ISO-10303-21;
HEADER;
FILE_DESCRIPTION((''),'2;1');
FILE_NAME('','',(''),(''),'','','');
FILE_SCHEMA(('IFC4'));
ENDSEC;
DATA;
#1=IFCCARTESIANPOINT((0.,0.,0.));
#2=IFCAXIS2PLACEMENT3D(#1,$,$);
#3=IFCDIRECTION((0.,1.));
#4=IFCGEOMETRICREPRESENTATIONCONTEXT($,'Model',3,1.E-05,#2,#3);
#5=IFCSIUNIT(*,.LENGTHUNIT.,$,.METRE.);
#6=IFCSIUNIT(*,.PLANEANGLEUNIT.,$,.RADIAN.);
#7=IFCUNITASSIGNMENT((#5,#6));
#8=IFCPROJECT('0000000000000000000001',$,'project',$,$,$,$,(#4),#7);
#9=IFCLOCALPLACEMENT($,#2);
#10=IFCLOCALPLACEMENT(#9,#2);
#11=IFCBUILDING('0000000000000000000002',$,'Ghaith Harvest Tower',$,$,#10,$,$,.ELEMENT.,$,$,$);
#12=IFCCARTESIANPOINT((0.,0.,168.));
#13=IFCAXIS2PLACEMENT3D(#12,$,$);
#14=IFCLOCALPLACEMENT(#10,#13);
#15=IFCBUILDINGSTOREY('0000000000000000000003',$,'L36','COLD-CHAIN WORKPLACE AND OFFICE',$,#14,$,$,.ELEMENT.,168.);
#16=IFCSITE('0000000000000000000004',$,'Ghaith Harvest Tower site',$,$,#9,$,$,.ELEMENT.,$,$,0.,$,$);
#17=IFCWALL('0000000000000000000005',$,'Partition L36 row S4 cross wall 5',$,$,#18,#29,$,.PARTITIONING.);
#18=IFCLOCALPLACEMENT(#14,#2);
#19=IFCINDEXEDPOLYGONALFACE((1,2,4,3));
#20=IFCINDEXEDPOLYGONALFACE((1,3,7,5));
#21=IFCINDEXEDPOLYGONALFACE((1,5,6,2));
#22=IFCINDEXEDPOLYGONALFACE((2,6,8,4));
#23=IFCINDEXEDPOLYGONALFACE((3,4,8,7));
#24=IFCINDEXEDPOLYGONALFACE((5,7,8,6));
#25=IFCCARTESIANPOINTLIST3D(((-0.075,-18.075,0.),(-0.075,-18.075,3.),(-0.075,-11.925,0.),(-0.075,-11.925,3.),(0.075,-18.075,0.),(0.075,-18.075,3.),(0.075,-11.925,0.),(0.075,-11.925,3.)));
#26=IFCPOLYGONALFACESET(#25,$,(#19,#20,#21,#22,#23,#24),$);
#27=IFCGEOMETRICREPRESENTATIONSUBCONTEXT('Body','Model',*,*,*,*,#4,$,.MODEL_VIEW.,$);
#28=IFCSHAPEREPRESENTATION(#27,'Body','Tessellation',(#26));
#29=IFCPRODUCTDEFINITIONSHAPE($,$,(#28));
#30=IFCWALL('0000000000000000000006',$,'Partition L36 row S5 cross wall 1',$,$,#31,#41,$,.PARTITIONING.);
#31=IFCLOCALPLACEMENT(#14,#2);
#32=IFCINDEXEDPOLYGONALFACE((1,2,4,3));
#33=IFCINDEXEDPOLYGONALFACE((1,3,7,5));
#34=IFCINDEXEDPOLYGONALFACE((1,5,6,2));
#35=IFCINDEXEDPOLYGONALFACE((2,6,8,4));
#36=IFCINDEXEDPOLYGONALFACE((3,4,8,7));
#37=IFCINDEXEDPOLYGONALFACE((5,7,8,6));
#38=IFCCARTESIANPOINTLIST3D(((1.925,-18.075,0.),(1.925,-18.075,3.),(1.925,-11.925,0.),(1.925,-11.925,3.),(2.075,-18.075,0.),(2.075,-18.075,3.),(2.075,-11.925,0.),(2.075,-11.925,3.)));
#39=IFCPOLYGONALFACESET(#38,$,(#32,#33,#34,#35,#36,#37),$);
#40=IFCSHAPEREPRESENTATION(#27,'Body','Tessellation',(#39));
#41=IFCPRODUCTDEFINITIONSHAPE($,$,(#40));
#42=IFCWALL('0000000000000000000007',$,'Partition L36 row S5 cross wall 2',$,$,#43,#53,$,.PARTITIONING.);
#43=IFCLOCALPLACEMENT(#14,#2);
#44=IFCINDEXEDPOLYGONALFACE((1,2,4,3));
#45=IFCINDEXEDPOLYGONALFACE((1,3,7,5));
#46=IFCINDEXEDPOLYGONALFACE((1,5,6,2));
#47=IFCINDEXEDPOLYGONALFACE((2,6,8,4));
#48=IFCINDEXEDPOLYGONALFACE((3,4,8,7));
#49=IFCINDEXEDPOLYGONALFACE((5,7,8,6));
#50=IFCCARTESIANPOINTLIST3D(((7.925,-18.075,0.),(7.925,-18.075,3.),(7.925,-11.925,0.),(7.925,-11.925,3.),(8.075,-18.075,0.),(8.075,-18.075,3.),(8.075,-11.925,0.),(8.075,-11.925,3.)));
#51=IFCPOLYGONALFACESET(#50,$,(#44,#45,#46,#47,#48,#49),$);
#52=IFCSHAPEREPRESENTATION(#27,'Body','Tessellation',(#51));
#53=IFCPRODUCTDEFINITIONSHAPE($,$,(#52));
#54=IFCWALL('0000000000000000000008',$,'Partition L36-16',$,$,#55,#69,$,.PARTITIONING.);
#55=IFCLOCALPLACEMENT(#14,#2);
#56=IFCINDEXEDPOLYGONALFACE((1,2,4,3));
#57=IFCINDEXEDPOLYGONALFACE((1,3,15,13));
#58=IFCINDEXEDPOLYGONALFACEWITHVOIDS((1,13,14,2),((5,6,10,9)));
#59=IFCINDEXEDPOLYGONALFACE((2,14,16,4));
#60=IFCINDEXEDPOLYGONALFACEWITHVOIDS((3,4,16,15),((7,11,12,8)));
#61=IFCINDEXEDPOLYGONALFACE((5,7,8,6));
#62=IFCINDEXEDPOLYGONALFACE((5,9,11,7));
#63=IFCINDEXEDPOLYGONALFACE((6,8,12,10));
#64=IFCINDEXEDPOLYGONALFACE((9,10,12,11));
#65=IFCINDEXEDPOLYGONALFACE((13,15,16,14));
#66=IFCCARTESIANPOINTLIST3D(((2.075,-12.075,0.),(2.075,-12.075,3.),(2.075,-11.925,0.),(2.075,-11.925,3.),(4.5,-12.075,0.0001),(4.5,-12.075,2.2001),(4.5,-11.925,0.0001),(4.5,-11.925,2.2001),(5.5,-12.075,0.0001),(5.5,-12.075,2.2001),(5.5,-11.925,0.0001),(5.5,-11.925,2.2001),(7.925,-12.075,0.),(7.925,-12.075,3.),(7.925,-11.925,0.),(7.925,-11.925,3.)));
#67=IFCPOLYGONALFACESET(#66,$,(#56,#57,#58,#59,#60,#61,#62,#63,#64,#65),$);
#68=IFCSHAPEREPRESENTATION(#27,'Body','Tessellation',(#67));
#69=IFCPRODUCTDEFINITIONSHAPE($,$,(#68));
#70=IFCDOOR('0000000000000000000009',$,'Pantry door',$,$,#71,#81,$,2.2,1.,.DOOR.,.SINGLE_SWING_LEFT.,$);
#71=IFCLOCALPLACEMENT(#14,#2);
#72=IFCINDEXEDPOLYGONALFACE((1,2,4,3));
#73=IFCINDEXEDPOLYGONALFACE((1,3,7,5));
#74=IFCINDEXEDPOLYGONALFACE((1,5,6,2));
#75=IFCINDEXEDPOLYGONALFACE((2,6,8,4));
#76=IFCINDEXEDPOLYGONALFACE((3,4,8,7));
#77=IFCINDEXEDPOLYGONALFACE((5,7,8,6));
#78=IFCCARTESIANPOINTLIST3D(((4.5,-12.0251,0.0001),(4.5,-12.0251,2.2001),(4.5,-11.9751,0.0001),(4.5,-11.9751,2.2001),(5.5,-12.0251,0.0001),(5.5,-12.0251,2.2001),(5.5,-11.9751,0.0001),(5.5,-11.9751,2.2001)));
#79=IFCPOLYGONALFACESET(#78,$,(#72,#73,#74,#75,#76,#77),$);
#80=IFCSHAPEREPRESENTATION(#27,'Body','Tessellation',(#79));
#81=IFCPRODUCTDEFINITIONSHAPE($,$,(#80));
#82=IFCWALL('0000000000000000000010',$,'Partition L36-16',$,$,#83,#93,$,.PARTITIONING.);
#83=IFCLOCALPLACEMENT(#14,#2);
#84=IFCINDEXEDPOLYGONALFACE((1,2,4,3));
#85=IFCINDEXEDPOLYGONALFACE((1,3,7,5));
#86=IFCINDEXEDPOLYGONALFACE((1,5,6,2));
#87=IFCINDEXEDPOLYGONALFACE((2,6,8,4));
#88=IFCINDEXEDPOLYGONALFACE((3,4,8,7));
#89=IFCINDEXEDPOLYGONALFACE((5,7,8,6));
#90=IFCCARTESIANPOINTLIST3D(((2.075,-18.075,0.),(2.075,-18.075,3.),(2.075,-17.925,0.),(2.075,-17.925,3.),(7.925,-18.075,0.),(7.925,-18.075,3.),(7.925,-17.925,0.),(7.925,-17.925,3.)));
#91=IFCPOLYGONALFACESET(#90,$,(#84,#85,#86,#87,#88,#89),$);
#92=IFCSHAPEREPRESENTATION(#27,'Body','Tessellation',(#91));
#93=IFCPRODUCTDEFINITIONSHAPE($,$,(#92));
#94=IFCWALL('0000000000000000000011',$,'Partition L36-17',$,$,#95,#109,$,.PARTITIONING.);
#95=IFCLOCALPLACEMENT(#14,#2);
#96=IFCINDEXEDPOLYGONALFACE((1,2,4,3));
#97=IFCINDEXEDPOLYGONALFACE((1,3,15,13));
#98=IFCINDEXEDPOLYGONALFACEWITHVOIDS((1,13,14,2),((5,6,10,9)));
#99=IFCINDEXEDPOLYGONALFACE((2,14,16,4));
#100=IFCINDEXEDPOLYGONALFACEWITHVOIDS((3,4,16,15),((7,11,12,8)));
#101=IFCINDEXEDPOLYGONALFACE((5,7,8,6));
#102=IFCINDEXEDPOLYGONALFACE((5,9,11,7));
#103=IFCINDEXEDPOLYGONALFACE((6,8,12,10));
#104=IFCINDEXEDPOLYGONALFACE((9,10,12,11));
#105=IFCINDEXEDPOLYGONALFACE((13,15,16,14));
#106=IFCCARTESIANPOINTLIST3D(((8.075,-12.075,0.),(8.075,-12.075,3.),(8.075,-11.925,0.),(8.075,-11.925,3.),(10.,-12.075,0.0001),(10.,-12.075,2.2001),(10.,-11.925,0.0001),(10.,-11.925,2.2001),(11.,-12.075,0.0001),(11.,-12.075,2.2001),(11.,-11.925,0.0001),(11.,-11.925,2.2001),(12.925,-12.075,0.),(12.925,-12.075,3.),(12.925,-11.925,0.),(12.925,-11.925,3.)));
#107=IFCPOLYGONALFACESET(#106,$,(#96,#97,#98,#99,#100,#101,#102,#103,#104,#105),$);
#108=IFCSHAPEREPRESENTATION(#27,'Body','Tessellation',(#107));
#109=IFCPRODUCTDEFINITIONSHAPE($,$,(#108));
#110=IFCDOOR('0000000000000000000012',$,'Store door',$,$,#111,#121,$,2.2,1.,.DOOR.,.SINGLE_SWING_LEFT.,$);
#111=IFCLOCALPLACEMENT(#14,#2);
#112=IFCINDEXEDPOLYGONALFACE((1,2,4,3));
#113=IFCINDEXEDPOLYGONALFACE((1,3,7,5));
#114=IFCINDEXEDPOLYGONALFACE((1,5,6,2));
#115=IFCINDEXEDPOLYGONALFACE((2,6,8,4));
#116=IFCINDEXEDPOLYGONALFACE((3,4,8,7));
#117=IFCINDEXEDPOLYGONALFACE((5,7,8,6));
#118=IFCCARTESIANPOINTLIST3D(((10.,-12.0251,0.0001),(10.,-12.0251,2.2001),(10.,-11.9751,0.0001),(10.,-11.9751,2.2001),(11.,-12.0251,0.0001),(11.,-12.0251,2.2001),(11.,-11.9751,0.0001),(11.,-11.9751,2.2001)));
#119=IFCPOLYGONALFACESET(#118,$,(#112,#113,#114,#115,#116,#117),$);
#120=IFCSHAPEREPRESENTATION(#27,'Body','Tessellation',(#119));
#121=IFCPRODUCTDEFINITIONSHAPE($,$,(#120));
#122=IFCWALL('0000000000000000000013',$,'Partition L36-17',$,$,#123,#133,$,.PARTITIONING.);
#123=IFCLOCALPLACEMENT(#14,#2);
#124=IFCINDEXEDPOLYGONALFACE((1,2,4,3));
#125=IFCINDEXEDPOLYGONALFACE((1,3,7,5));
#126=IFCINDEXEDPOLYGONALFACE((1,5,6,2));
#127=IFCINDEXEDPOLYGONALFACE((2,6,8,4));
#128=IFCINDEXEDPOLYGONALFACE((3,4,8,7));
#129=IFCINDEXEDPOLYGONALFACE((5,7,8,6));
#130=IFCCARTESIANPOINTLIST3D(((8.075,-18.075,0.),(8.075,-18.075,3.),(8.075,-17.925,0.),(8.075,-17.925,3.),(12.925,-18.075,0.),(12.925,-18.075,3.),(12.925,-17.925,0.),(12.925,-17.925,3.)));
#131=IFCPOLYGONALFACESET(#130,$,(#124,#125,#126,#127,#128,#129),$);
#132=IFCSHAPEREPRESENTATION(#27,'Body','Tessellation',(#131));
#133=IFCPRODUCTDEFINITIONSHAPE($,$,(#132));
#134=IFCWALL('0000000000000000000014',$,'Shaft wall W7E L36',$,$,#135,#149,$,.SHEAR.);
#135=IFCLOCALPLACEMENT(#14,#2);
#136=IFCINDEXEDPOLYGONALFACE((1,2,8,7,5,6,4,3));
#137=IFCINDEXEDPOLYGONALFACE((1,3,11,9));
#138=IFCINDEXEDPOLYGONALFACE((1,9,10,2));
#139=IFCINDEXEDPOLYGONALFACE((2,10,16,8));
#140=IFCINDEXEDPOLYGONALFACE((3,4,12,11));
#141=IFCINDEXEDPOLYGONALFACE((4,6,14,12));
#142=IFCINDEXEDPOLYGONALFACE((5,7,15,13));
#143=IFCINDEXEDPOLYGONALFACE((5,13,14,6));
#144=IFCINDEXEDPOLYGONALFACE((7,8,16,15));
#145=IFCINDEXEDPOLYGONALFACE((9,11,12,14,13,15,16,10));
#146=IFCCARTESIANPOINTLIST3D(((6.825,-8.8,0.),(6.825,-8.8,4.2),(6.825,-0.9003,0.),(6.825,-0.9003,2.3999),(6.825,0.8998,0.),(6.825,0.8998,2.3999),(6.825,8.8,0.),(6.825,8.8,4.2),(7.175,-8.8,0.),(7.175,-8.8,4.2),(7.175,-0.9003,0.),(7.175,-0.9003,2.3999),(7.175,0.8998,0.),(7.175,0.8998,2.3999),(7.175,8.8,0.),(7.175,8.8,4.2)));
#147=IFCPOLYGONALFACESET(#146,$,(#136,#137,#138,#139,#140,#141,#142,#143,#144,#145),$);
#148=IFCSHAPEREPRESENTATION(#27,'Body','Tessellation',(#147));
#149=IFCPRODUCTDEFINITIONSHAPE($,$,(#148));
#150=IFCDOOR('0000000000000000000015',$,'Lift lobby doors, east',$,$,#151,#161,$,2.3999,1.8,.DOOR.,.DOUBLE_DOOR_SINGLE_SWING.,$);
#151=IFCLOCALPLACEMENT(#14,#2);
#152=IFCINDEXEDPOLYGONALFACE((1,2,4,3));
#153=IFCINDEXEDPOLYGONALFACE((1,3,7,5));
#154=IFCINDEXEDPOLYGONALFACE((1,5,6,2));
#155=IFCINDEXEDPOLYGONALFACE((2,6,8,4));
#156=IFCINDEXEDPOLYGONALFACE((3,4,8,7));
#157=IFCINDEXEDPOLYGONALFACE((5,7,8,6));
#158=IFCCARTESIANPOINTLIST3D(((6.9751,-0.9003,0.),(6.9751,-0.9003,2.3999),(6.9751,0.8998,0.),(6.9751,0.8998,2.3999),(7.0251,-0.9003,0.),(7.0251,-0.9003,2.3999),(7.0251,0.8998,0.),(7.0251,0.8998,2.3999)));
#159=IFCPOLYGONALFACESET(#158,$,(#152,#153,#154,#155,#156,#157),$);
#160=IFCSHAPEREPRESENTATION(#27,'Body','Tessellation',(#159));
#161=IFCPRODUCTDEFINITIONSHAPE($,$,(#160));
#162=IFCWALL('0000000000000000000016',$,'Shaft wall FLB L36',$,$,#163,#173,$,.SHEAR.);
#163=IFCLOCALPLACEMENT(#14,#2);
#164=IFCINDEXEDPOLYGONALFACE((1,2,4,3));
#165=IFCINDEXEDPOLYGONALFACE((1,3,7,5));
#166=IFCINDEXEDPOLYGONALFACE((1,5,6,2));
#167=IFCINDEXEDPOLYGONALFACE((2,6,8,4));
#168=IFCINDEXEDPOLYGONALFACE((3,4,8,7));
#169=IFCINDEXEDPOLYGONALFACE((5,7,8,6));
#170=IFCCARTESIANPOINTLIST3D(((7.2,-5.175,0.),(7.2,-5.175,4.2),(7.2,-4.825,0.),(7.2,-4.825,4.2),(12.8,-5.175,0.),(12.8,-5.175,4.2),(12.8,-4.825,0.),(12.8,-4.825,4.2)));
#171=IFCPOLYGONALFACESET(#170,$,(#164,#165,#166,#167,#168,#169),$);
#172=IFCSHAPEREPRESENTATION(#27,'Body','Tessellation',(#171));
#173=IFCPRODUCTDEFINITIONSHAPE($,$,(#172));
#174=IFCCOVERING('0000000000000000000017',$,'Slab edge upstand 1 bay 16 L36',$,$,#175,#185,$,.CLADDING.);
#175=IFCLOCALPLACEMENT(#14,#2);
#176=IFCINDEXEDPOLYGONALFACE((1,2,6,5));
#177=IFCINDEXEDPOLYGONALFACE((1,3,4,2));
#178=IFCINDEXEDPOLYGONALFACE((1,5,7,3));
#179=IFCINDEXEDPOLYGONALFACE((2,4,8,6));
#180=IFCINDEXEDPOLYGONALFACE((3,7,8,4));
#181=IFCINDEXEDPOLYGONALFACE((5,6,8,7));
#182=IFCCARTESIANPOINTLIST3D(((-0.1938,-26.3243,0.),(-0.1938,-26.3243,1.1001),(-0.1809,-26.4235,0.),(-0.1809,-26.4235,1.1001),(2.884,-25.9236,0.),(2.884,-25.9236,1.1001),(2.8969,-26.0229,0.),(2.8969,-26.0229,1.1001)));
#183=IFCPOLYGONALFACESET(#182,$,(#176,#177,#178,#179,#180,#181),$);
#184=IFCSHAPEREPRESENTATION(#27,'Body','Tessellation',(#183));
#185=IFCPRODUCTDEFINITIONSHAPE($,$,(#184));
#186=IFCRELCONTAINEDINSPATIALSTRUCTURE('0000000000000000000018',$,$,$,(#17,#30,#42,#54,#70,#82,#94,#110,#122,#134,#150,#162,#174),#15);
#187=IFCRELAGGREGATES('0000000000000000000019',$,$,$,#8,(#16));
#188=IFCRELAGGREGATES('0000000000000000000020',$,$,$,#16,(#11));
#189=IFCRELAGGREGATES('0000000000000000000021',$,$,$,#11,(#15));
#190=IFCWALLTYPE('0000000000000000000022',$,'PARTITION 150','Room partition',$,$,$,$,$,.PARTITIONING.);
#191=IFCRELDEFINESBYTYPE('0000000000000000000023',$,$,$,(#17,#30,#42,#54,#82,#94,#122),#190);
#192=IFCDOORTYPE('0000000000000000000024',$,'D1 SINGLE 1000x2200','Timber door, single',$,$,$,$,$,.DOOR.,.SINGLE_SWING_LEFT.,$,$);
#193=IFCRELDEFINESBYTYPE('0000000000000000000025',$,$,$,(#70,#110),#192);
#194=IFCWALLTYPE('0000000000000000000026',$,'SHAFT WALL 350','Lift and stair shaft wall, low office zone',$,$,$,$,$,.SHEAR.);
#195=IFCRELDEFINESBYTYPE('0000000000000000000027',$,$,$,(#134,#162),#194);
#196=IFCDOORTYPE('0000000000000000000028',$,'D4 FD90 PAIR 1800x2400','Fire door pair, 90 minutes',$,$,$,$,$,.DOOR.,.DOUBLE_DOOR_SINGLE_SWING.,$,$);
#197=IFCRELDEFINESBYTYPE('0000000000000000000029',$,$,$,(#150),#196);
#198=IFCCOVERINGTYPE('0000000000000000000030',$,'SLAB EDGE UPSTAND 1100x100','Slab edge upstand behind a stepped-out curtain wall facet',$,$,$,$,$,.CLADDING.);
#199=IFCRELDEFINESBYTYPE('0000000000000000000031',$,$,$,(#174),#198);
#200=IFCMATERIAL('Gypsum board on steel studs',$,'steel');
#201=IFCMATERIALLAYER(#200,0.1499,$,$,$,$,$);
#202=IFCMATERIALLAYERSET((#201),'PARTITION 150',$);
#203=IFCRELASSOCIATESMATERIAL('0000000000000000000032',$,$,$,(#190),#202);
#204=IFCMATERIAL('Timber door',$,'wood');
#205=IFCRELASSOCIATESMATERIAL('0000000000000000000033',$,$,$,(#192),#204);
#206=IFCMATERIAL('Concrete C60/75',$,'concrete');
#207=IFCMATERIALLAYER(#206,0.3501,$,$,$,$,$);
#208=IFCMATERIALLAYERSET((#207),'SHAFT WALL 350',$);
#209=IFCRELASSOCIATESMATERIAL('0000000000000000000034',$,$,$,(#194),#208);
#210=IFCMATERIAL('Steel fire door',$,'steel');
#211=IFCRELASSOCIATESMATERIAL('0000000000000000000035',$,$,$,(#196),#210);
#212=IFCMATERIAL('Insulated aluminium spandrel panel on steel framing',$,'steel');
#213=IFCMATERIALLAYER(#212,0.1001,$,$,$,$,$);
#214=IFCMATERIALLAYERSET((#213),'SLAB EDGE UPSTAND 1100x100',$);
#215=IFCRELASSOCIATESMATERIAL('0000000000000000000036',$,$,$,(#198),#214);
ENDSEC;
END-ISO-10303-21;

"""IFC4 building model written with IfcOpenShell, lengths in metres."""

from ifc_helpers import new_model, si_unit, direction, frame, frame_2d, origin, origin_2d, place, context, subcontext, project, spatial, rectangle, extrude, material, layer, layer_set, type_object, element, fill, save


model = new_model("IFC4")

# Units and contexts
model_context = context("Model", 3, precision=1e-05, world=origin(), true_north=direction((0.0, 1.0)))
body_context = subcontext(model_context, "Body", "Model", "MODEL_VIEW")
ifc_project = project(units=[si_unit("LENGTHUNIT", "METRE"), si_unit("PLANEANGLEUNIT", "RADIAN")], contexts=[model_context])

# Site, building, storey
site_placement = place(None, origin())
site = spatial("IfcSite", under=ifc_project, at=site_placement, Name="Ghaith Harvest Tower site", CompositionType="ELEMENT", RefElevation=0.0)
building_placement = place(site_placement, origin())
building = spatial("IfcBuilding", under=site, at=building_placement, Name="Ghaith Harvest Tower", CompositionType="ELEMENT")
storey_placement = place(building_placement, frame((0.0, 0.0, 168.0)))
storey = spatial("IfcBuildingStorey", under=building, at=storey_placement, Name="L36", Description="COLD-CHAIN WORKPLACE AND OFFICE", CompositionType="ELEMENT", Elevation=168.0)

# Walls
ifc_material_1 = material(Name="Gypsum board on steel studs", Category="steel")
ifc_layer_1 = layer(ifc_material_1, 0.1499)
ifc_layer_set_1 = layer_set([ifc_layer_1], Name="PARTITION 150")
wall_type_1 = type_object("IfcWallType", Name="PARTITION 150", Description="Room partition", PredefinedType="PARTITIONING", material=ifc_layer_set_1)
for number, where, z_axis, x_axis, name in (
    (1, (0.0, -11.925, 0.0), (0.0, 0.0, 1.0), (0.0, -1.0, 0.0), "Partition L36 row S4 cross wall 5"),
    (2, (2.0, -11.925, 0.0), (0.0, 0.0, 1.0), (0.0, -1.0, 0.0), "Partition L36 row S5 cross wall 1"),
    (3, (8.0, -11.925, 0.0), (0.0, 0.0, 1.0), (0.0, -1.0, 0.0), "Partition L36 row S5 cross wall 2"),
):
    element("IfcWall", number, at=place(storey_placement, frame(where, z_axis=z_axis, x_axis=x_axis)), inside=storey, type_object=wall_type_1, Name=name, PredefinedType="PARTITIONING", context=body_context, shape_type="SweptSolid", body=[
        extrude(rectangle(XDim=6.1499, YDim=0.1499, at=frame_2d((3.075, 0.0))), origin(), (0.0, 0.0, 1.0), 3.0),
    ])

# Wall, opening, door
wall_1_placement = place(storey_placement, frame((2.075, -12.0, 0.0), z_axis=(0.0, 0.0, 1.0), x_axis=(1.0, 0.0, 0.0)))
wall_1 = element("IfcWall", 4, at=wall_1_placement, inside=storey, type_object=wall_type_1, Name="Partition L36-16", PredefinedType="PARTITIONING", context=body_context, shape_type="SweptSolid", body=[
    extrude(rectangle(XDim=5.8501, YDim=0.1499, at=frame_2d((2.925, 0.0))), origin(), (0.0, 0.0, 1.0), 3.0),
])
opening_1_placement = place(wall_1_placement, frame((2.425, 0.0, 0.0)))
opening_1 = element("IfcOpeningElement", 5, at=opening_1_placement, cuts=wall_1, PredefinedType="OPENING", context=body_context, shape_type="SweptSolid", body=[
    extrude(rectangle(XDim=1.0, YDim=2.2, at=frame_2d((0.5, 1.1001))), frame((0.0, 0.085, 0.0), z_axis=(0.0, -1.0, 0.0), x_axis=(1.0, 0.0, 0.0)), (0.0, 0.0, 1.0), 0.1699),
])
ifc_material_2 = material(Name="Timber door", Category="wood")
door_type_1 = type_object("IfcDoorType", Name="D1 SINGLE 1000x2200", Description="Timber door, single", OperationType="SINGLE_SWING_LEFT", PredefinedType="DOOR", material=ifc_material_2)
door_1_placement = place(opening_1_placement, origin())
door_1 = element("IfcDoor", 6, at=door_1_placement, inside=storey, type_object=door_type_1, Name="Pantry door", OperationType="SINGLE_SWING_LEFT", OverallHeight=2.2, OverallWidth=1.0, PredefinedType="DOOR", context=body_context, shape_type="SweptSolid", body=[
    extrude(rectangle(XDim=1.0, YDim=2.2, at=frame_2d((0.5, 1.1001))), frame((0.0, 0.0249, 0.0), z_axis=(0.0, -1.0, 0.0), x_axis=(1.0, 0.0, 0.0)), (0.0, 0.0, 1.0), 0.05),
])
fill(opening_1, door_1)

# Wall
wall_2_placement = place(storey_placement, frame((2.075, -18.0, 0.0), z_axis=(0.0, 0.0, 1.0), x_axis=(1.0, 0.0, 0.0)))
element("IfcWall", 7, at=wall_2_placement, inside=storey, type_object=wall_type_1, Name="Partition L36-16", PredefinedType="PARTITIONING", context=body_context, shape_type="SweptSolid", body=[
    extrude(rectangle(XDim=5.8501, YDim=0.1499, at=frame_2d((2.925, 0.0))), origin(), (0.0, 0.0, 1.0), 3.0),
])

# Wall, opening, door
wall_3_placement = place(storey_placement, frame((8.075, -12.0, 0.0), z_axis=(0.0, 0.0, 1.0), x_axis=(1.0, 0.0, 0.0)))
wall_3 = element("IfcWall", 8, at=wall_3_placement, inside=storey, type_object=wall_type_1, Name="Partition L36-17", PredefinedType="PARTITIONING", context=body_context, shape_type="SweptSolid", body=[
    extrude(rectangle(XDim=4.8501, YDim=0.1499, at=frame_2d((2.425, 0.0))), origin(), (0.0, 0.0, 1.0), 3.0),
])
opening_2_placement = place(wall_3_placement, frame((1.925, 0.0, 0.0)))
opening_2 = element("IfcOpeningElement", 9, at=opening_2_placement, cuts=wall_3, PredefinedType="OPENING", context=body_context, shape_type="SweptSolid", body=[
    extrude(rectangle(XDim=1.0, YDim=2.2, at=frame_2d((0.5, 1.1001))), frame((0.0, 0.085, 0.0), z_axis=(0.0, -1.0, 0.0), x_axis=(1.0, 0.0, 0.0)), (0.0, 0.0, 1.0), 0.1699),
])
door_2_placement = place(opening_2_placement, origin())
door_2 = element("IfcDoor", 10, at=door_2_placement, inside=storey, type_object=door_type_1, Name="Store door", OperationType="SINGLE_SWING_LEFT", OverallHeight=2.2, OverallWidth=1.0, PredefinedType="DOOR", context=body_context, shape_type="SweptSolid", body=[
    extrude(rectangle(XDim=1.0, YDim=2.2, at=frame_2d((0.5, 1.1001))), frame((0.0, 0.0249, 0.0), z_axis=(0.0, -1.0, 0.0), x_axis=(1.0, 0.0, 0.0)), (0.0, 0.0, 1.0), 0.05),
])
fill(opening_2, door_2)

# Wall
wall_4_placement = place(storey_placement, frame((8.075, -18.0, 0.0), z_axis=(0.0, 0.0, 1.0), x_axis=(1.0, 0.0, 0.0)))
element("IfcWall", 11, at=wall_4_placement, inside=storey, type_object=wall_type_1, Name="Partition L36-17", PredefinedType="PARTITIONING", context=body_context, shape_type="SweptSolid", body=[
    extrude(rectangle(XDim=4.8501, YDim=0.1499, at=frame_2d((2.425, 0.0))), origin(), (0.0, 0.0, 1.0), 3.0),
])

# Wall, opening, door
ifc_material_3 = material(Name="Concrete C60/75", Category="concrete")
ifc_layer_2 = layer(ifc_material_3, 0.3501)
ifc_layer_set_2 = layer_set([ifc_layer_2], Name="SHAFT WALL 350")
wall_type_2 = type_object("IfcWallType", Name="SHAFT WALL 350", Description="Lift and stair shaft wall, low office zone", PredefinedType="SHEAR", material=ifc_layer_set_2)
wall_5_placement = place(storey_placement, frame((7.0, -8.8, 0.0), z_axis=(0.0, 0.0, 1.0), x_axis=(0.0, 1.0, 0.0)))
wall_5 = element("IfcWall", 12, at=wall_5_placement, inside=storey, type_object=wall_type_2, Name="Shaft wall W7E L36", PredefinedType="SHEAR", context=body_context, shape_type="SweptSolid", body=[
    extrude(rectangle(XDim=17.6001, YDim=0.3501, at=frame_2d((8.8, 0.0))), origin(), (0.0, 0.0, 1.0), 4.2),
])
opening_3_placement = place(wall_5_placement, frame((7.8999, 0.0, 0.0)))
opening_3 = element("IfcOpeningElement", 13, at=opening_3_placement, cuts=wall_5, PredefinedType="OPENING", context=body_context, shape_type="SweptSolid", body=[
    extrude(rectangle(XDim=1.8, YDim=2.3999, at=frame_2d((0.8999, 1.2))), frame((0.0, 0.1851, 0.0), z_axis=(0.0, -1.0, 0.0), x_axis=(1.0, 0.0, 0.0)), (0.0, 0.0, 1.0), 0.3701),
])
ifc_material_4 = material(Name="Steel fire door", Category="steel")
door_type_2 = type_object("IfcDoorType", Name="D4 FD90 PAIR 1800x2400", Description="Fire door pair, 90 minutes", OperationType="DOUBLE_DOOR_SINGLE_SWING", PredefinedType="DOOR", material=ifc_material_4)
door_3_placement = place(opening_3_placement, origin())
door_3 = element("IfcDoor", 14, at=door_3_placement, inside=storey, type_object=door_type_2, Name="Lift lobby doors, east", OperationType="DOUBLE_DOOR_SINGLE_SWING", OverallHeight=2.3999, OverallWidth=1.8, PredefinedType="DOOR", context=body_context, shape_type="SweptSolid", body=[
    extrude(rectangle(XDim=1.8, YDim=2.3999, at=frame_2d((0.8999, 1.2))), frame((0.0, 0.0249, 0.0), z_axis=(0.0, -1.0, 0.0), x_axis=(1.0, 0.0, 0.0)), (0.0, 0.0, 1.0), 0.05),
])
fill(opening_3, door_3)

# Wall
wall_6_placement = place(storey_placement, frame((7.2, -5.0, 0.0), z_axis=(0.0, 0.0, 1.0), x_axis=(1.0, 0.0, 0.0)))
element("IfcWall", 15, at=wall_6_placement, inside=storey, type_object=wall_type_2, Name="Shaft wall FLB L36", PredefinedType="SHEAR", context=body_context, shape_type="SweptSolid", body=[
    extrude(rectangle(XDim=5.6001, YDim=0.3501, at=frame_2d((2.8, 0.0))), origin(), (0.0, 0.0, 1.0), 4.2),
])

# Covering
ifc_material_5 = material(Name="Insulated aluminium spandrel panel on steel framing", Category="steel")
ifc_layer_3 = layer(ifc_material_5, 0.1001)
ifc_layer_set_3 = layer_set([ifc_layer_3], Name="SLAB EDGE UPSTAND 1100x100")
covering_type = type_object("IfcCoveringType", Name="SLAB EDGE UPSTAND 1100x100", Description="Slab edge upstand behind a stepped-out curtain wall facet", PredefinedType="CLADDING", material=ifc_layer_set_3)
covering_1_placement = place(storey_placement, frame((1.3516, -26.1736, 0.0), z_axis=(0.0, 0.0, 1.0), x_axis=(0.991634, 0.129084, 0.0)))
element("IfcCovering", 16, at=covering_1_placement, inside=storey, type_object=covering_type, Name="Slab edge upstand 1 bay 16 L36", PredefinedType="CLADDING", context=body_context, shape_type="SweptSolid", body=[
    extrude(rectangle(XDim=3.1038, YDim=0.1001, at=origin_2d()), origin(), (0.0, 0.0, 1.0), 1.1001),
])

save(model, "model.ifc")
